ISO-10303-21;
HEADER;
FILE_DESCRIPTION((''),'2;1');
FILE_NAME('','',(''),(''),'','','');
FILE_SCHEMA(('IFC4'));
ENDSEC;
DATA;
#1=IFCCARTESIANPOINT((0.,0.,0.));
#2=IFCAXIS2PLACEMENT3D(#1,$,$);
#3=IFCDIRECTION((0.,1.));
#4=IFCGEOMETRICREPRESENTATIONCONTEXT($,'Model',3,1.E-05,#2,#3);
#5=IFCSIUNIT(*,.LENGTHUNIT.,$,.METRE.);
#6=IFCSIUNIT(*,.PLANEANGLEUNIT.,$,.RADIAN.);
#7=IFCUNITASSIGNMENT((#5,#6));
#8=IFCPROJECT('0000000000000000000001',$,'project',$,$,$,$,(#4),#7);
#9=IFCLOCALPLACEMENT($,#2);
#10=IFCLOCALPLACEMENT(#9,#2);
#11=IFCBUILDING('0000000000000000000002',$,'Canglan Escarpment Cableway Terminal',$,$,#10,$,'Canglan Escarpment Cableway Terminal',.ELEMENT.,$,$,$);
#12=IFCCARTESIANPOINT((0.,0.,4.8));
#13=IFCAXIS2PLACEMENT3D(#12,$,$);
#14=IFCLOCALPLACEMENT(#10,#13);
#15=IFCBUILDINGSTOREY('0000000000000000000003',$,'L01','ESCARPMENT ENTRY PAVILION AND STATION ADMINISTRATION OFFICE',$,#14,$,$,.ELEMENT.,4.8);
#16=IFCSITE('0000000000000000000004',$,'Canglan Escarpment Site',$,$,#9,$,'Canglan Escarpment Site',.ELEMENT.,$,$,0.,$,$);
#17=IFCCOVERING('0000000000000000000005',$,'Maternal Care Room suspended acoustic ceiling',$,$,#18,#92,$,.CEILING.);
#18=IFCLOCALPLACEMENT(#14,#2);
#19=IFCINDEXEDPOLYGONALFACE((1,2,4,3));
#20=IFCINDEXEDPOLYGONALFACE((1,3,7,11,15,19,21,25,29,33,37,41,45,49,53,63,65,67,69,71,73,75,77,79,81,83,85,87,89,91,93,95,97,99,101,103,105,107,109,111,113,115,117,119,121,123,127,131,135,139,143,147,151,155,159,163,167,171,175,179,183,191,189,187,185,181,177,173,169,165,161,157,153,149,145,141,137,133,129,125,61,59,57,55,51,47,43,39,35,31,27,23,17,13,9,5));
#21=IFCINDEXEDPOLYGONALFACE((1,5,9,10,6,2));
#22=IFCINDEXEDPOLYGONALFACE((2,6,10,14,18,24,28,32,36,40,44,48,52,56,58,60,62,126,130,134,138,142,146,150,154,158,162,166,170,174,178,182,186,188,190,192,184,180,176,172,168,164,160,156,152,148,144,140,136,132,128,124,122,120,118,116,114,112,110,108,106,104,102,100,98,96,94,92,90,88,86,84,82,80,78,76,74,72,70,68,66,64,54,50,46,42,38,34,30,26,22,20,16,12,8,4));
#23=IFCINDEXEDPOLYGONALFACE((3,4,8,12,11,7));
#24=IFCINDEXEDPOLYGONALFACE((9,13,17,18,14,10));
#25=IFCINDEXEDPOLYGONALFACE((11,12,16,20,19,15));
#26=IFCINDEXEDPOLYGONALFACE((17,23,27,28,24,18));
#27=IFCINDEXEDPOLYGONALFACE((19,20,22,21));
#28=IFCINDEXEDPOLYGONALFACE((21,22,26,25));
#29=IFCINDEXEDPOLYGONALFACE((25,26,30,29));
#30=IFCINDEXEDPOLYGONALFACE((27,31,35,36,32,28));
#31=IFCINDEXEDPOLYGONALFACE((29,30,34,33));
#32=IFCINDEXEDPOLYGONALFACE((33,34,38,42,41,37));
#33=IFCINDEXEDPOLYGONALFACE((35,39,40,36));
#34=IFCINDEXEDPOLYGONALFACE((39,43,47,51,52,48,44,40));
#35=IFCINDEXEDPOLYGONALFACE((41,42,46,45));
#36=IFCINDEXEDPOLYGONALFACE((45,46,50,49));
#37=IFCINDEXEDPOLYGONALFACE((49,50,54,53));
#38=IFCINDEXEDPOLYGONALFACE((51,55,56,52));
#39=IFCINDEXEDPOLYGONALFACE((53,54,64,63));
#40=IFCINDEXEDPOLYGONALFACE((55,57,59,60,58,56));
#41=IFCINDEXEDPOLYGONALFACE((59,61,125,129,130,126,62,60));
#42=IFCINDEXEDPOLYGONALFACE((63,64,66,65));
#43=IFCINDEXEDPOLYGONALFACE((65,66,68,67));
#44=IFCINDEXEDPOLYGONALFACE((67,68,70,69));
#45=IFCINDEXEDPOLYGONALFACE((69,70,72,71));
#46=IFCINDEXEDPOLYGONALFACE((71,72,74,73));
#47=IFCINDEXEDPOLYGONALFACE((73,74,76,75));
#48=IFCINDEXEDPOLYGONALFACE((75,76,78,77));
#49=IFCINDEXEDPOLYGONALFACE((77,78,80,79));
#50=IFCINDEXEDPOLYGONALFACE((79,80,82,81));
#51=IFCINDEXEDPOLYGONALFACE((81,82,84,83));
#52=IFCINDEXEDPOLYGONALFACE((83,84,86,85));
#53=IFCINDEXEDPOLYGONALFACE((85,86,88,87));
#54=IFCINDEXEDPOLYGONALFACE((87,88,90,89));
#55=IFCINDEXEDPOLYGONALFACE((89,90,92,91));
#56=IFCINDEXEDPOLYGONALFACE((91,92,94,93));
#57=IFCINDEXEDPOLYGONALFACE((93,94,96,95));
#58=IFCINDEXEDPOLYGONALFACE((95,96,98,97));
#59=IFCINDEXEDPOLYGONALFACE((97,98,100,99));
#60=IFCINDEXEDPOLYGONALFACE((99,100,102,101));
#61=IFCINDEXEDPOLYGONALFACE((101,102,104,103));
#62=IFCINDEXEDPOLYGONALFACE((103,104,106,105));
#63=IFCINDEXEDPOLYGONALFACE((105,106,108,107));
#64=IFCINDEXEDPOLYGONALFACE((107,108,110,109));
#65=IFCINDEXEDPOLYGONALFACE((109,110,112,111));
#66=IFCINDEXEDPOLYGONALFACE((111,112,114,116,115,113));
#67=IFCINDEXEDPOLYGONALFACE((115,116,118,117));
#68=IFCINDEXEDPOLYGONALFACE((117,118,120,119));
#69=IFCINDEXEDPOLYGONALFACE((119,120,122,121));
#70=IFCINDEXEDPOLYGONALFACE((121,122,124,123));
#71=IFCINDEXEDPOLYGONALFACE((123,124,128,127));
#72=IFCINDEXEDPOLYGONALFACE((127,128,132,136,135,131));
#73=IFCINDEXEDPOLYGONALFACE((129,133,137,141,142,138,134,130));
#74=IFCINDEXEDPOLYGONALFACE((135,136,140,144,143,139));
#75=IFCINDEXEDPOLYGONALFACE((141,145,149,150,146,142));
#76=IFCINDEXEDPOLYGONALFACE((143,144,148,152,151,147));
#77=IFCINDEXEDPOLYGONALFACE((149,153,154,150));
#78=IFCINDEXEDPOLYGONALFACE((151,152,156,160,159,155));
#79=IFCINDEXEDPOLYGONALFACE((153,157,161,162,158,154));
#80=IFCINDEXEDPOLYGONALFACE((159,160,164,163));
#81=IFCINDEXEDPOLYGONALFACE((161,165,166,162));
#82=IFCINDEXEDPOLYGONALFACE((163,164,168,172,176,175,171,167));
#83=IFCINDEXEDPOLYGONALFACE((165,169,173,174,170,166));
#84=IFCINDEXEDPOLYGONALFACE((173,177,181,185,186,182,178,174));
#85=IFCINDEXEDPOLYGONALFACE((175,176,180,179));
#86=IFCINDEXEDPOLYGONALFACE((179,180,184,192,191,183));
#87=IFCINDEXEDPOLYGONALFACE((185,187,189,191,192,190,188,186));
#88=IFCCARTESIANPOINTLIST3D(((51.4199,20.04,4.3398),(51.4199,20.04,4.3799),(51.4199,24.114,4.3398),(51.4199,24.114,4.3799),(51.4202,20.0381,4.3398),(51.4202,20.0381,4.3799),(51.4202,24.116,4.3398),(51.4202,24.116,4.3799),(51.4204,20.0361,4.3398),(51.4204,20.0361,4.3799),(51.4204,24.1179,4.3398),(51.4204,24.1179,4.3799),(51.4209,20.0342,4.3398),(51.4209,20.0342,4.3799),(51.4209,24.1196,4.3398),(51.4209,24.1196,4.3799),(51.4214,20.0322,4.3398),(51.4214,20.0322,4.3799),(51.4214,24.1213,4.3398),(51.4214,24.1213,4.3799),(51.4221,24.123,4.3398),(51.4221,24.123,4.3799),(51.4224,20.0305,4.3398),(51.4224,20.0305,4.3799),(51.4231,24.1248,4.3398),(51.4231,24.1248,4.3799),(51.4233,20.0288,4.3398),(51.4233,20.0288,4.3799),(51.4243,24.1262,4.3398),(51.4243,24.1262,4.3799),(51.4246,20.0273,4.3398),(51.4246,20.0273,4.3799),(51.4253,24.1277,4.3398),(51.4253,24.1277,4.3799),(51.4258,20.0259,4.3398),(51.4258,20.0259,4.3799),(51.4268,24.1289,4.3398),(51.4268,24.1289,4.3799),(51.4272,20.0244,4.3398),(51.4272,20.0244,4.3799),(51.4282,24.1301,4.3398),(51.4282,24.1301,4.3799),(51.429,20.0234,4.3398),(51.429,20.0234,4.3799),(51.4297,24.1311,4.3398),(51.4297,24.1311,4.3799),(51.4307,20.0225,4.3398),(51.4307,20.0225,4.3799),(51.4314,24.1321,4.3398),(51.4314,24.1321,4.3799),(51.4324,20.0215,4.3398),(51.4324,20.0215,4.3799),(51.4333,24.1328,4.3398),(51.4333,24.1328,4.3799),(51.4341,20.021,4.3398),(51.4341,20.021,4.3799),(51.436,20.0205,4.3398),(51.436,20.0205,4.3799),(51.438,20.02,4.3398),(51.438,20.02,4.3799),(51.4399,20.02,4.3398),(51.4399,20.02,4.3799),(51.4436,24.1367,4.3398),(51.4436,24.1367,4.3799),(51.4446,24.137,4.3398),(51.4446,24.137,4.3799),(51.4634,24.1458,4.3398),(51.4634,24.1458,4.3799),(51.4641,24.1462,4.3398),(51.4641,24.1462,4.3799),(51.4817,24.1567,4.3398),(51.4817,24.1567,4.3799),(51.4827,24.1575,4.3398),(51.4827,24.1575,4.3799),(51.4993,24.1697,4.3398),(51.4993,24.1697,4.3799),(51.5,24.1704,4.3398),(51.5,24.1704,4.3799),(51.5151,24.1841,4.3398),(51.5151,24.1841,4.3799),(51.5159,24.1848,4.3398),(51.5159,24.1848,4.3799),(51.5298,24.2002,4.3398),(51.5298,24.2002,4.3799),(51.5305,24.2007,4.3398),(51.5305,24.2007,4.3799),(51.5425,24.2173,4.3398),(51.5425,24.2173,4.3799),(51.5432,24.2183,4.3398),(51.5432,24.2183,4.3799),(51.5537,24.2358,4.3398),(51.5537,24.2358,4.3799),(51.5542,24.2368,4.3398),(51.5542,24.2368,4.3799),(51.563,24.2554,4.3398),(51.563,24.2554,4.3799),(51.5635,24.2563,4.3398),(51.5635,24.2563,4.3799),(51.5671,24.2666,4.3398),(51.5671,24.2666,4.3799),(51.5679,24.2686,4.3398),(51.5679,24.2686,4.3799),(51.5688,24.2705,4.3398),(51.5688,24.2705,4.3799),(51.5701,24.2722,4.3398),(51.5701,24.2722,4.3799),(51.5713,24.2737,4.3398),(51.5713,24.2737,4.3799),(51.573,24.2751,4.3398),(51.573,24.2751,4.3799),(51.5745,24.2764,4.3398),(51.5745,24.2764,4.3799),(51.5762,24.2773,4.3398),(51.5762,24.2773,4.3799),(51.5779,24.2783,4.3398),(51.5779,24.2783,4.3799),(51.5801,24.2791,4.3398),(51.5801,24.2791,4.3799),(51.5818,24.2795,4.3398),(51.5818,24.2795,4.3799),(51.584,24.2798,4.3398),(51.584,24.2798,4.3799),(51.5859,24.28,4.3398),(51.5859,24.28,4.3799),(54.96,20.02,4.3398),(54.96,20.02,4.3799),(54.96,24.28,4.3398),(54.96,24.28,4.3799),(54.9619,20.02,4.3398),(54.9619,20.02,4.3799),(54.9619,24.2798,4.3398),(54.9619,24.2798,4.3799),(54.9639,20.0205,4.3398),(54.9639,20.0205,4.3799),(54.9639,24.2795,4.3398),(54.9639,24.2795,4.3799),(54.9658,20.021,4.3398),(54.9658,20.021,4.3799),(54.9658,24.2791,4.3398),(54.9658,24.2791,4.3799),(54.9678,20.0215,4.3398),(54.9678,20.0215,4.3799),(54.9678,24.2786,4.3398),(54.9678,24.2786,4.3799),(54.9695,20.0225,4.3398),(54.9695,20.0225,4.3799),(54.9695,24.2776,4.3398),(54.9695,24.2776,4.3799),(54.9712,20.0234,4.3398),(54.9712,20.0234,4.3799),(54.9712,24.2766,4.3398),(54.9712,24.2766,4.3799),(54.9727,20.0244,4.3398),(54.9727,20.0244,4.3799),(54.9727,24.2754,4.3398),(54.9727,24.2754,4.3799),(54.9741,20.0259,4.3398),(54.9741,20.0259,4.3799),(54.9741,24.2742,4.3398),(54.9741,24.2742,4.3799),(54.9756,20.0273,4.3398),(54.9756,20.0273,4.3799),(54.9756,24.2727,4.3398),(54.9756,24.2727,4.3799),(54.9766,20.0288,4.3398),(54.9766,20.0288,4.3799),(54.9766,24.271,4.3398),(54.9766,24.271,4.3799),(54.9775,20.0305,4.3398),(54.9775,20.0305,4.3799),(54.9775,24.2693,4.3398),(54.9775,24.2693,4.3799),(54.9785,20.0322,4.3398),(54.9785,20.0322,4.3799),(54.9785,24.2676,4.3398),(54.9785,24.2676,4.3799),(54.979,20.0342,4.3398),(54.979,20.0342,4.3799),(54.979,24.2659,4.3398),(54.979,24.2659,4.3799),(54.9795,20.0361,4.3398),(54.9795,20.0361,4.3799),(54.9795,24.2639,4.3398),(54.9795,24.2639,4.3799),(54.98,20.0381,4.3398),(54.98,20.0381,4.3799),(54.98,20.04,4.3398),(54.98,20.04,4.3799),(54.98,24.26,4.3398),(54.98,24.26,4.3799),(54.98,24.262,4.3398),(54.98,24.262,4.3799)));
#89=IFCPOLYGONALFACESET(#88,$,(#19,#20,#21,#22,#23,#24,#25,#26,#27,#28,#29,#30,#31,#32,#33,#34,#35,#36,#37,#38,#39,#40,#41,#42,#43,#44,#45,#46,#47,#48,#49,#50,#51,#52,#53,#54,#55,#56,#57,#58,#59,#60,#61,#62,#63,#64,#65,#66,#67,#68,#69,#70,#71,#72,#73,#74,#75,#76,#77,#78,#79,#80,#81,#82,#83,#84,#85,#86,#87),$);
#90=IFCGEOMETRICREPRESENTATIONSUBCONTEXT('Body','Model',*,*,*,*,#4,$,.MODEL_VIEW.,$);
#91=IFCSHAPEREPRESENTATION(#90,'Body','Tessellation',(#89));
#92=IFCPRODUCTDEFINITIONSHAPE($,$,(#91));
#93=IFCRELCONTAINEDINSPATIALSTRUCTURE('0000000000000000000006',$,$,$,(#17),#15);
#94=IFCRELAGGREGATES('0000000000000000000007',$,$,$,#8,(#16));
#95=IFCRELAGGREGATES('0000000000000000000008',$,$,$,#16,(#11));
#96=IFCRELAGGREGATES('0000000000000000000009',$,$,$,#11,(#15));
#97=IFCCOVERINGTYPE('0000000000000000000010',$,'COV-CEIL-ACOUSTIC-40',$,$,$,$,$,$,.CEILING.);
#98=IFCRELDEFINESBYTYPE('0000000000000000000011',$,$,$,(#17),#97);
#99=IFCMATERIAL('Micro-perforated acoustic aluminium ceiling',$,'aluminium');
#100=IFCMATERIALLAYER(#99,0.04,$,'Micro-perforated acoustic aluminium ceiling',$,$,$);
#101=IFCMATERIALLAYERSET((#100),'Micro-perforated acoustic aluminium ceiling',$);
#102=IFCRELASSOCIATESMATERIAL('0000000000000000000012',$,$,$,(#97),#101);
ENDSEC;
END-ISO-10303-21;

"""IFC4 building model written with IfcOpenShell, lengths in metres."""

from ifc_helpers import new_model, si_unit, direction, frame, origin, place, context, subcontext, project, spatial, polyline, outline, extrude, material, layer, layer_set, type_object, element, save


model = new_model("IFC4")

# Units and contexts
model_context = context("Model", 3, precision=1e-05, world=origin(), true_north=direction((0.0, 1.0)))
body_context = subcontext(model_context, "Body", "Model", "MODEL_VIEW")
ifc_project = project(units=[si_unit("LENGTHUNIT", "METRE"), si_unit("PLANEANGLEUNIT", "RADIAN")], contexts=[model_context])

# Site, building, storey
site_placement = place(None, origin())
site = spatial("IfcSite", under=ifc_project, at=site_placement, Name="Canglan Escarpment Site", LongName="Canglan Escarpment Site", CompositionType="ELEMENT", RefElevation=0.0)
building_placement = place(site_placement, origin())
building = spatial("IfcBuilding", under=site, at=building_placement, Name="Canglan Escarpment Cableway Terminal", LongName="Canglan Escarpment Cableway Terminal", CompositionType="ELEMENT")
storey_placement = place(building_placement, frame((0.0, 0.0, 4.8)))
storey = spatial("IfcBuildingStorey", under=building, at=storey_placement, Name="L01", Description="ESCARPMENT ENTRY PAVILION AND STATION ADMINISTRATION OFFICE", CompositionType="ELEMENT", Elevation=4.8)

# Covering
ifc_material_1 = material(Name="Micro-perforated acoustic aluminium ceiling", Category="aluminium")
ifc_layer_1 = layer(ifc_material_1, 0.04, Name="Micro-perforated acoustic aluminium ceiling")
ifc_layer_set_1 = layer_set([ifc_layer_1], Name="Micro-perforated acoustic aluminium ceiling")
covering_type_1 = type_object("IfcCoveringType", Name="COV-CEIL-ACOUSTIC-40", PredefinedType="CEILING", material=ifc_layer_set_1)
covering_1_placement = place(storey_placement, frame((0.0, 0.0, 4.3398)))
element("IfcCovering", 1, at=covering_1_placement, inside=storey, type_object=covering_type_1, Name="Maternal Care Room suspended acoustic ceiling", PredefinedType="CEILING", context=body_context, shape_type="SweptSolid", body=[
    extrude(outline(polyline([(51.4199, 24.114), (51.4202, 24.116), (51.4204, 24.1179), (51.4209, 24.1196), (51.4214, 24.1213), (51.4221, 24.123), (51.4231, 24.1248), (51.4243, 24.1262), (51.4253, 24.1277), (51.4268, 24.1289), (51.4282, 24.1301), (51.4297, 24.1311), (51.4314, 24.1321), (51.4333, 24.1328), (51.4436, 24.1367), (51.4446, 24.137), (51.4634, 24.1458), (51.4641, 24.1462), (51.4817, 24.1567), (51.4827, 24.1575), (51.4993, 24.1697), (51.5, 24.1704), (51.5151, 24.1841), (51.5159, 24.1848), (51.5298, 24.2002), (51.5305, 24.2007), (51.5425, 24.2173), (51.5432, 24.2183), (51.5537, 24.2358), (51.5542, 24.2368), (51.563, 24.2554), (51.5635, 24.2563), (51.5671, 24.2666), (51.5679, 24.2686), (51.5688, 24.2705), (51.5701, 24.2722), (51.5713, 24.2737), (51.573, 24.2751), (51.5745, 24.2764), (51.5762, 24.2773), (51.5779, 24.2783), (51.5801, 24.2791), (51.5818, 24.2795), (51.584, 24.2798), (51.5859, 24.28), (54.96, 24.28), (54.9619, 24.2798), (54.9639, 24.2795), (54.9658, 24.2791), (54.9678, 24.2786), (54.9695, 24.2776), (54.9712, 24.2766), (54.9727, 24.2754), (54.9741, 24.2742), (54.9756, 24.2727), (54.9766, 24.271), (54.9775, 24.2693), (54.9785, 24.2676), (54.979, 24.2659), (54.9795, 24.2639), (54.98, 24.262), (54.98, 24.26), (54.98, 20.04), (54.98, 20.0381), (54.9795, 20.0361), (54.979, 20.0342), (54.9785, 20.0322), (54.9775, 20.0305), (54.9766, 20.0288), (54.9756, 20.0273), (54.9741, 20.0259), (54.9727, 20.0244), (54.9712, 20.0234), (54.9695, 20.0225), (54.9678, 20.0215), (54.9658, 20.021), (54.9639, 20.0205), (54.9619, 20.02), (54.96, 20.02), (51.4399, 20.02), (51.438, 20.02), (51.436, 20.0205), (51.4341, 20.021), (51.4324, 20.0215), (51.4307, 20.0225), (51.429, 20.0234), (51.4272, 20.0244), (51.4258, 20.0259), (51.4246, 20.0273), (51.4233, 20.0288), (51.4224, 20.0305), (51.4214, 20.0322), (51.4209, 20.0342), (51.4204, 20.0361), (51.4202, 20.0381), (51.4199, 20.04), (51.4199, 24.114)])), origin(), (0.0, 0.0, 1.0), 0.04),
])

save(model, "model.ifc")
